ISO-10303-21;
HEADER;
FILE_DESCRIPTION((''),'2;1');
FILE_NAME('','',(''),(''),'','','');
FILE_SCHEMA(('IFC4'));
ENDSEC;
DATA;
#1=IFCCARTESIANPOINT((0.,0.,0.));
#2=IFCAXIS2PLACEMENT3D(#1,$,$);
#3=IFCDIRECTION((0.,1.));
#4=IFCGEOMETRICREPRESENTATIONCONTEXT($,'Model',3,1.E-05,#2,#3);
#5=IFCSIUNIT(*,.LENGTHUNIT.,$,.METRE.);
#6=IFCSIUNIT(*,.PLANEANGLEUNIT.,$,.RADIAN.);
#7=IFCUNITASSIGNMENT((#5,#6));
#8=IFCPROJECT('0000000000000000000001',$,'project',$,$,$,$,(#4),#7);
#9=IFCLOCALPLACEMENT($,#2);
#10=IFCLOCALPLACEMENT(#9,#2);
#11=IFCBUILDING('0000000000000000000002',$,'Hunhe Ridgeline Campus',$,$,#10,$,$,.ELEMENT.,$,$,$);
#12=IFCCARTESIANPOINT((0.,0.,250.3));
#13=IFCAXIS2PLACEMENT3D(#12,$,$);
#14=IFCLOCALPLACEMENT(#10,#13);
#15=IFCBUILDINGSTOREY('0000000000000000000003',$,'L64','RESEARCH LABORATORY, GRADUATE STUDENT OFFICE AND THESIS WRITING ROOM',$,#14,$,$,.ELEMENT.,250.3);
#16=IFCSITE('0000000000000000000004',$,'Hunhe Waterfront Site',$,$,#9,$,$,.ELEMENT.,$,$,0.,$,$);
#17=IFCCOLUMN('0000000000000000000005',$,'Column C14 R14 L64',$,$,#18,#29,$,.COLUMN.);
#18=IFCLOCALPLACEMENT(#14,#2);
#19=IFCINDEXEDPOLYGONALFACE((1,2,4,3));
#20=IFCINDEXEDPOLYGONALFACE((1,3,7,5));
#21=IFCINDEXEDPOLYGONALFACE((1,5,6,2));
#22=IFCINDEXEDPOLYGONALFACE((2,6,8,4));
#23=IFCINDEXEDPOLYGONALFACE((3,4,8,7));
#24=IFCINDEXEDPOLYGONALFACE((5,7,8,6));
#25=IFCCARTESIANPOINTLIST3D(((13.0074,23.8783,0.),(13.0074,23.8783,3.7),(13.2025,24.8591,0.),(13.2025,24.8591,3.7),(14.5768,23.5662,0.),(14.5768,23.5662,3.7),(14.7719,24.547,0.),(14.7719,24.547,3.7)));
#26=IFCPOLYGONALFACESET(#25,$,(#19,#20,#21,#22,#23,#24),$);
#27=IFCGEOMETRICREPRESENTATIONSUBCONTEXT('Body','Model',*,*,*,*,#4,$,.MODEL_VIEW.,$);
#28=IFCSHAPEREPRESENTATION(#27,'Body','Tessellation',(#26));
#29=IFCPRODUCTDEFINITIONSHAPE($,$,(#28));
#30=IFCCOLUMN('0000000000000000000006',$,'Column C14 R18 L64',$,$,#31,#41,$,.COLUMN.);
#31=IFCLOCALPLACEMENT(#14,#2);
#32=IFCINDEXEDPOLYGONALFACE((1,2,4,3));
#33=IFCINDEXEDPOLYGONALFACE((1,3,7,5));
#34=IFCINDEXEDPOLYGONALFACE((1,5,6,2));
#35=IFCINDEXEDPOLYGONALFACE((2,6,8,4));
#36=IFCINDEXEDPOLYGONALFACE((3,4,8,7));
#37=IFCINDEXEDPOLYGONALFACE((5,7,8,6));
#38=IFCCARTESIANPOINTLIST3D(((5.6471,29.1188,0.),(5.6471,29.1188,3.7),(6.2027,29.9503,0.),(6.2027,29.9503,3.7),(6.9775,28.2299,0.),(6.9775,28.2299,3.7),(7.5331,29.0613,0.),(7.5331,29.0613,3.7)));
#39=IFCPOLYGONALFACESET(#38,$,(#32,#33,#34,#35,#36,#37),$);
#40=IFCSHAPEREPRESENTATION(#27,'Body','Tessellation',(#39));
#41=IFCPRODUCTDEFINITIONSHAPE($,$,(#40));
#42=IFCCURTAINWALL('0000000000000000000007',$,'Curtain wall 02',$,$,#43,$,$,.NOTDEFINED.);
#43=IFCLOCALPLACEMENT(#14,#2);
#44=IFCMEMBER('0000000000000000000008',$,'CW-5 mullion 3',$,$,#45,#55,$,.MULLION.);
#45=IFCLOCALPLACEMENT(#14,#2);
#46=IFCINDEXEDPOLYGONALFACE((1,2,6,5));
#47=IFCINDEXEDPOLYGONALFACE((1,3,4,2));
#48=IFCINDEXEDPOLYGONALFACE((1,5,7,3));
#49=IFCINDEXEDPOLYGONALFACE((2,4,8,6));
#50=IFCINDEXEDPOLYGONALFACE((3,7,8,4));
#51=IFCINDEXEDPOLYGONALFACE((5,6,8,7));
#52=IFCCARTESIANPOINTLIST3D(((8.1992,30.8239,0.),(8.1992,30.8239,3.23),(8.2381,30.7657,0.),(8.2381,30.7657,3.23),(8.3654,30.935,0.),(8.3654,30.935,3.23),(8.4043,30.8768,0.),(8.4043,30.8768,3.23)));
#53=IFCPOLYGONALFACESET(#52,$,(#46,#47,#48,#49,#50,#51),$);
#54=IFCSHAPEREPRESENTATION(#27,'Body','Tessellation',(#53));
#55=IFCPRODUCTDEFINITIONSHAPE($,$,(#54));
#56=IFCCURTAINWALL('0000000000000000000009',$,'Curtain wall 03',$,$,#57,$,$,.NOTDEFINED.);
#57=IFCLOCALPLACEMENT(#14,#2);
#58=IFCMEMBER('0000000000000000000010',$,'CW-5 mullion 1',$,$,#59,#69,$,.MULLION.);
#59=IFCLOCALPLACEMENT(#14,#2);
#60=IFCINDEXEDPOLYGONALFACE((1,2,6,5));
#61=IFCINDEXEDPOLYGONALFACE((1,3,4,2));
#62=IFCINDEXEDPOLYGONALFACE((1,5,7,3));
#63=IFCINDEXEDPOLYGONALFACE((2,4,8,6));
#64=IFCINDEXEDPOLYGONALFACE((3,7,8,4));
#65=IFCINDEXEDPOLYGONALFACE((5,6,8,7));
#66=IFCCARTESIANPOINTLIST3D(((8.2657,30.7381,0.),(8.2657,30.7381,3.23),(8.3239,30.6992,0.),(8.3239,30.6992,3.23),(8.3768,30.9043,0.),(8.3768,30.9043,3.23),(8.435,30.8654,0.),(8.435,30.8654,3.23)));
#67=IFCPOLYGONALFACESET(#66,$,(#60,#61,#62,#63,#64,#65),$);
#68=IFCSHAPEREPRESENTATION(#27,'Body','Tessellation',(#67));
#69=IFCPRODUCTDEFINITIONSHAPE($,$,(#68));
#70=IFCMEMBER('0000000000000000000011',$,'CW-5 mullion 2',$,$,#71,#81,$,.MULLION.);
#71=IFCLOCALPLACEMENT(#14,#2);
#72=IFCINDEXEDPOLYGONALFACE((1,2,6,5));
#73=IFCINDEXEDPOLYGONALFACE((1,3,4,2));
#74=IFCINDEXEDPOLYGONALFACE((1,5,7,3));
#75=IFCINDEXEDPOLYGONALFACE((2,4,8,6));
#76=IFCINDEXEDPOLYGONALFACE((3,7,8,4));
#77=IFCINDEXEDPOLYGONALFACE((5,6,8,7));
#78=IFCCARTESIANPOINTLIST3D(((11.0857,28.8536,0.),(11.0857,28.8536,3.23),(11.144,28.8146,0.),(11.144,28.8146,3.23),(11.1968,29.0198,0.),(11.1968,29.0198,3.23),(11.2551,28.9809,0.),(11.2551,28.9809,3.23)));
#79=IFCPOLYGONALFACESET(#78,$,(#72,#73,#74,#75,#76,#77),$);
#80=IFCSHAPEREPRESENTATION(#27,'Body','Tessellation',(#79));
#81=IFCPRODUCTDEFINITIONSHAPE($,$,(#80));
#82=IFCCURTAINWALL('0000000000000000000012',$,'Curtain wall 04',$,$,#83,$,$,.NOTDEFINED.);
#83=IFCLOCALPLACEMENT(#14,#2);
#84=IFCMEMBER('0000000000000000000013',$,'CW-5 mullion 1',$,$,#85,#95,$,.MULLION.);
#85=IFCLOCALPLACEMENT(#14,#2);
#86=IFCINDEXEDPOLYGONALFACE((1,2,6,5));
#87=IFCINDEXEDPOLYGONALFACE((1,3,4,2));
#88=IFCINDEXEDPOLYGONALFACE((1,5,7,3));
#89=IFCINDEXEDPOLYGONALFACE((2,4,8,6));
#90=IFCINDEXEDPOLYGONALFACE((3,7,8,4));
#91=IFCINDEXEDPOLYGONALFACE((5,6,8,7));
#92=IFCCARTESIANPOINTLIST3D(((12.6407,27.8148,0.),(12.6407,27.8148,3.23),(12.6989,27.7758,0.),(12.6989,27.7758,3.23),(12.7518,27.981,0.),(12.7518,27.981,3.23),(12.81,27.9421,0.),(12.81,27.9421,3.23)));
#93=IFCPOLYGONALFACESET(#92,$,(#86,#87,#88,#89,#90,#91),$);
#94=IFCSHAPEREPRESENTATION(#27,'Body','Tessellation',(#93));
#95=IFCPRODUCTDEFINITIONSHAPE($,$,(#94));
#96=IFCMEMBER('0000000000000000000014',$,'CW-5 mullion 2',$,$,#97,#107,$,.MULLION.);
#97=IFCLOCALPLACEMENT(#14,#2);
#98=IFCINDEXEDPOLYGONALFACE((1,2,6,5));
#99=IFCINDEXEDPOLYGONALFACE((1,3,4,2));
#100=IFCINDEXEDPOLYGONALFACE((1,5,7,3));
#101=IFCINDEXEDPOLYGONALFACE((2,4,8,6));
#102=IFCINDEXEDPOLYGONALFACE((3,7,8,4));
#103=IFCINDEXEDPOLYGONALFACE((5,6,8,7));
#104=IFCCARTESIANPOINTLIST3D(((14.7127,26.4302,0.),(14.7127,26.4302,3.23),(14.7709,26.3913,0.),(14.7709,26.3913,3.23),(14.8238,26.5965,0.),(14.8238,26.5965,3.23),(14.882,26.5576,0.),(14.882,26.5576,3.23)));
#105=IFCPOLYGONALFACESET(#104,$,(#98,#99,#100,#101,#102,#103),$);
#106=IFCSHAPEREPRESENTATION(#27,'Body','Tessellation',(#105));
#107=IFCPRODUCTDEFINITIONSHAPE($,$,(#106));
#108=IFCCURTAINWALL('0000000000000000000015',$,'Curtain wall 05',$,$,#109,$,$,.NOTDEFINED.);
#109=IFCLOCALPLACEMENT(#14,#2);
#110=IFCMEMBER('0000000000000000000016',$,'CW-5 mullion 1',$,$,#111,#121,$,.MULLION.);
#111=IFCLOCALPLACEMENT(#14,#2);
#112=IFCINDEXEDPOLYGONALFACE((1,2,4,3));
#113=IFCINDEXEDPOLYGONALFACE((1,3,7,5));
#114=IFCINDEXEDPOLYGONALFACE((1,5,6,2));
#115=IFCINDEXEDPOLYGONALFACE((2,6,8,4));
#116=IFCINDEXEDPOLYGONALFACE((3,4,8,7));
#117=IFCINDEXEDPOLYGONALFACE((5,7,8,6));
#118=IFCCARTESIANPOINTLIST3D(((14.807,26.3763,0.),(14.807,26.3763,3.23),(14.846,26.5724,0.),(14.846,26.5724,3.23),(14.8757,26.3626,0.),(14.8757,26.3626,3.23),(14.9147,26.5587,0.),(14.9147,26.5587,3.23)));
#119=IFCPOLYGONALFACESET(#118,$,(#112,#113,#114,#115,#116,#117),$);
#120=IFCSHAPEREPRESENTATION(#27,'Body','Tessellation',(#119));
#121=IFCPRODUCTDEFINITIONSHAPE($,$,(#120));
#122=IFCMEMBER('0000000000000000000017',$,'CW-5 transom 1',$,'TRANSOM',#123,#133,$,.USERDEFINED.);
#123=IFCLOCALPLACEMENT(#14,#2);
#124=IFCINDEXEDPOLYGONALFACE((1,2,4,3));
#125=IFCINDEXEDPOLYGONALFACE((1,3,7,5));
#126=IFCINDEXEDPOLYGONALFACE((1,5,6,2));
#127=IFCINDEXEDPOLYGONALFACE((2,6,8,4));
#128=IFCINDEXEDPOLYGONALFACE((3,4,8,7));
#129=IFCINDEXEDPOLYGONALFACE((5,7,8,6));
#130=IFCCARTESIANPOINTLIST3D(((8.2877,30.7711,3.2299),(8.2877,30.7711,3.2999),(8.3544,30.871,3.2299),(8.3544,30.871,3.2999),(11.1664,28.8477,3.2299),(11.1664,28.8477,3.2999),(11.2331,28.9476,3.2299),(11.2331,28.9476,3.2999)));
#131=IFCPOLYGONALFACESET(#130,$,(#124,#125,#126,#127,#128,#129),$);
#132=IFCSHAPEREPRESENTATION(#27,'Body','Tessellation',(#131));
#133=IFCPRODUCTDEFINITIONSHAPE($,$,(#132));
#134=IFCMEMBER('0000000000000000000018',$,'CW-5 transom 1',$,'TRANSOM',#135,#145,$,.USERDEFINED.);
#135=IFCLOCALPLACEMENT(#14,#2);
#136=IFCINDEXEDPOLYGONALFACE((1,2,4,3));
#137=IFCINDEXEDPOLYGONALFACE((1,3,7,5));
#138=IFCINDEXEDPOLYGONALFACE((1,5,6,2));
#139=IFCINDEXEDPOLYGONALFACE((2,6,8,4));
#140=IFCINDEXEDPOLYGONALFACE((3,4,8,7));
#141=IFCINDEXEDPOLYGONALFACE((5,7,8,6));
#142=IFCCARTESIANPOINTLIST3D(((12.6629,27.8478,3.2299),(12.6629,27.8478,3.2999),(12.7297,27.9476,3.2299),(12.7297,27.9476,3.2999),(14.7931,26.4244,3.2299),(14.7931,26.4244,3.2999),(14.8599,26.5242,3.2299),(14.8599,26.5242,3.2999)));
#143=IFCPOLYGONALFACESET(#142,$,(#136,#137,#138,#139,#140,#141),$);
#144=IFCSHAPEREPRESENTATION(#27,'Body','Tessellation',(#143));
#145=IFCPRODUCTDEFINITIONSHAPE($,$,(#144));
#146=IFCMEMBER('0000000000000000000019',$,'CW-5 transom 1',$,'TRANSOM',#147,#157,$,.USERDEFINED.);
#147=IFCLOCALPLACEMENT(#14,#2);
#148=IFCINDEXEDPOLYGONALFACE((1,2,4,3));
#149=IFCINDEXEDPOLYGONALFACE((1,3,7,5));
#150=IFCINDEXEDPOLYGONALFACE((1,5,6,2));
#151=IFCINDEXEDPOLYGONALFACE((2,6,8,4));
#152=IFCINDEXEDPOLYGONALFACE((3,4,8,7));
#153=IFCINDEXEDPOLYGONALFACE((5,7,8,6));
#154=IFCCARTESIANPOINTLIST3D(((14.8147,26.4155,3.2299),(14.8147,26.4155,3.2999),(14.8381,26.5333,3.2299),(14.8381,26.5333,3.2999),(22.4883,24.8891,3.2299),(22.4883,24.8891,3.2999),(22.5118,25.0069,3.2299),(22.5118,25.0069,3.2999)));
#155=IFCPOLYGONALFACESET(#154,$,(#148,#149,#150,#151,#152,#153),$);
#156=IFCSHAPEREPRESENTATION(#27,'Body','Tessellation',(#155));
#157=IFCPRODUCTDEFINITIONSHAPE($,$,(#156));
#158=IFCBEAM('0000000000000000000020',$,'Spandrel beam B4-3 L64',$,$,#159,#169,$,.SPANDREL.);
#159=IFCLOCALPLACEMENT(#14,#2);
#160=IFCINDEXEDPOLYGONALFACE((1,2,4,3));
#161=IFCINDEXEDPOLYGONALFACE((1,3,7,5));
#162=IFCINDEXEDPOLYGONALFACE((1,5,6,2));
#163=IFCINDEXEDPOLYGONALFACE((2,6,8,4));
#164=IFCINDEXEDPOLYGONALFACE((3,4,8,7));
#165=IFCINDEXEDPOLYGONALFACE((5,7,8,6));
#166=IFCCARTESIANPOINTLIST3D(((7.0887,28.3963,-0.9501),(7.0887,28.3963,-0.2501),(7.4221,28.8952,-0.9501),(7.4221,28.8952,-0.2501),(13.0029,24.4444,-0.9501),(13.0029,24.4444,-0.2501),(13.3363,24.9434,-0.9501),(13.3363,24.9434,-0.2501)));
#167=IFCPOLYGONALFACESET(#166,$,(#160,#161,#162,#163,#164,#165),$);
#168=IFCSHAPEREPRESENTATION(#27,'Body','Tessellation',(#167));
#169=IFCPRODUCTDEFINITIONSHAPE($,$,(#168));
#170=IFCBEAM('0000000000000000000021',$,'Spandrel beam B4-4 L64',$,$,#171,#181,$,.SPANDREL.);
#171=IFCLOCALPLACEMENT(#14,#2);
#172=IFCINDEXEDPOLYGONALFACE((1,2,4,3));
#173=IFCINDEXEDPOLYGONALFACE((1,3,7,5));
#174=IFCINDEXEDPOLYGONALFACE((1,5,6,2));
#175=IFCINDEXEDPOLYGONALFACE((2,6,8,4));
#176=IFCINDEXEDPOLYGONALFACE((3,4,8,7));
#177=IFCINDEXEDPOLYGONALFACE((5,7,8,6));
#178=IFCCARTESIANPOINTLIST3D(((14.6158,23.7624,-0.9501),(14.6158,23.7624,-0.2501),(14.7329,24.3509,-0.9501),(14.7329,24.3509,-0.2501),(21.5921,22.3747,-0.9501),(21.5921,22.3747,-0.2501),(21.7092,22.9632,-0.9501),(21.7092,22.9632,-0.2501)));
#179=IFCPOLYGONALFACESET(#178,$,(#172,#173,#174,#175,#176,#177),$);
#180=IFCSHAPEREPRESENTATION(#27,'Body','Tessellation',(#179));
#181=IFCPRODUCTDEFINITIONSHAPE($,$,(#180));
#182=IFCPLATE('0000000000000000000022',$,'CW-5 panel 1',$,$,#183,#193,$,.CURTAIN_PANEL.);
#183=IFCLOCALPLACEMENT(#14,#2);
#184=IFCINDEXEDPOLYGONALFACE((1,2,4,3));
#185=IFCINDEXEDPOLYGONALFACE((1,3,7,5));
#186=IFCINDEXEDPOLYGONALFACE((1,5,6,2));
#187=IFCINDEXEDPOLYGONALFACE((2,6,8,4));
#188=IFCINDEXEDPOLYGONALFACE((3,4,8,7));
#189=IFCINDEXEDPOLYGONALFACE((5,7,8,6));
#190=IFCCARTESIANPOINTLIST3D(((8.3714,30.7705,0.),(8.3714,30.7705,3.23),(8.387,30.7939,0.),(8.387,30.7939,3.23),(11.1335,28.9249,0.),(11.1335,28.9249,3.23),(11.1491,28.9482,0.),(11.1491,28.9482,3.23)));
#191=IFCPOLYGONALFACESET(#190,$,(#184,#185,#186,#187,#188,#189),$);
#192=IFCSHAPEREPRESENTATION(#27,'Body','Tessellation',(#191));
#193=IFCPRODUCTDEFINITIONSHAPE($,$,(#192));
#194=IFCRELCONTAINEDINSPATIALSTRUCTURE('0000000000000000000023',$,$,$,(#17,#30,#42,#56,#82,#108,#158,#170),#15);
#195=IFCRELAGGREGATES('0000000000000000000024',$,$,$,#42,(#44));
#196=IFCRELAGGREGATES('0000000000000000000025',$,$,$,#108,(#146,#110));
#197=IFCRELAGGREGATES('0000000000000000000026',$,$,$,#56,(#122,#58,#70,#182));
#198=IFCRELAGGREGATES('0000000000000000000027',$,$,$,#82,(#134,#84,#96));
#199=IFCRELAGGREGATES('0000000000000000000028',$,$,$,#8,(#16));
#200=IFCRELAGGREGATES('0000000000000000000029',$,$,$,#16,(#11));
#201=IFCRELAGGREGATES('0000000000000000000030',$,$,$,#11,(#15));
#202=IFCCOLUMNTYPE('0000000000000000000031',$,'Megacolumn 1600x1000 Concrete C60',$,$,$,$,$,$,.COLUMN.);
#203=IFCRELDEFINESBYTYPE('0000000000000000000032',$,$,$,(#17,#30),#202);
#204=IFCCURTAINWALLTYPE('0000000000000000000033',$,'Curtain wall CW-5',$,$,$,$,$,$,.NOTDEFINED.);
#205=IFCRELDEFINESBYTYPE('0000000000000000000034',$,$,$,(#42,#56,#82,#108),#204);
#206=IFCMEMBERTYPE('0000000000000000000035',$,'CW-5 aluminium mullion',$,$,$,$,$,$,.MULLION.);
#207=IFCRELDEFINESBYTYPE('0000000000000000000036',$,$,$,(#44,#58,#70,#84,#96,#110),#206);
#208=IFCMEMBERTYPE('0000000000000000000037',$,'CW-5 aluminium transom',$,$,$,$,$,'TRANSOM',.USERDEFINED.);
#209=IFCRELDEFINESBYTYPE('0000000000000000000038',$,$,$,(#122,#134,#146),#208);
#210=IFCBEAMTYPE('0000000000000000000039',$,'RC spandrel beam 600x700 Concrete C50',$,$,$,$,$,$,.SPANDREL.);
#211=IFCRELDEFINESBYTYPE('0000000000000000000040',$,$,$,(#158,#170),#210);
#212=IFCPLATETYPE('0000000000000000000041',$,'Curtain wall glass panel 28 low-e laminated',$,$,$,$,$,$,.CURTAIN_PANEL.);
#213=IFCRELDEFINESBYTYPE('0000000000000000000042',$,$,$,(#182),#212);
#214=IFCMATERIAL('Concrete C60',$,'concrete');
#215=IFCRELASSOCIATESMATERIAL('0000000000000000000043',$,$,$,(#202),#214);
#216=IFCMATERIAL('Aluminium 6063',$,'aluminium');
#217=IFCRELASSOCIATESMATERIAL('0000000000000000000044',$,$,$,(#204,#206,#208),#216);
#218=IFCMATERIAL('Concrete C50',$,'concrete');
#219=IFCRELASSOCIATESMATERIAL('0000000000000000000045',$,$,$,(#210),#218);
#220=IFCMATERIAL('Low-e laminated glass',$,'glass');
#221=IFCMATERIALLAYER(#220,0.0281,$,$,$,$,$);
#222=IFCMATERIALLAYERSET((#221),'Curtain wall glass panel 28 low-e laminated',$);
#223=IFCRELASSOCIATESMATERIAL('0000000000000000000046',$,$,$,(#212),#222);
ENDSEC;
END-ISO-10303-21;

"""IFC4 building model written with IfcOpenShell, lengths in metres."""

from ifc_helpers import new_model, si_unit, direction, frame, origin, origin_2d, place, context, subcontext, project, spatial, rectangle, extrude, material, layer, layer_set, material_profile, profile_set, type_object, element, aggregate, save


model = new_model("IFC4")

# Units and contexts
model_context = context("Model", 3, precision=1e-05, world=origin(), true_north=direction((0.0, 1.0)))
body_context = subcontext(model_context, "Body", "Model", "MODEL_VIEW")
ifc_project = project(units=[si_unit("LENGTHUNIT", "METRE"), si_unit("PLANEANGLEUNIT", "RADIAN")], contexts=[model_context])

# Site, building, storey
site_placement = place(None, origin())
site = spatial("IfcSite", under=ifc_project, at=site_placement, Name="Hunhe Waterfront Site", CompositionType="ELEMENT", RefElevation=0.0)
building_placement = place(site_placement, origin())
building = spatial("IfcBuilding", under=site, at=building_placement, Name="Hunhe Ridgeline Campus", CompositionType="ELEMENT")
storey_placement = place(building_placement, frame((0.0, 0.0, 250.3)))
storey = spatial("IfcBuildingStorey", under=building, at=storey_placement, Name="L64", Description="RESEARCH LABORATORY, GRADUATE STUDENT OFFICE AND THESIS WRITING ROOM", CompositionType="ELEMENT", Elevation=250.3)

# Columns
ifc_material_1 = material(Name="Concrete C60", Category="concrete")
ifc_material_profile_1 = material_profile(ifc_material_1, rectangle(XDim=1.6001, YDim=1.0, at=origin_2d()))
ifc_profile_set_1 = profile_set([ifc_material_profile_1], Name="Concrete C60")
column_type = type_object("IfcColumnType", Name="Megacolumn 1600x1000 Concrete C60", PredefinedType="COLUMN", material=ifc_profile_set_1)
for number, where, z_axis, x_axis, name in (
    (1, (13.8896, 24.2126, 0.0), (0.0, 0.0, 1.0), (-0.980785, 0.19509, 0.0), "Column C14 R14 L64"),
    (2, (6.5901, 29.0901, 0.0), (0.0, 0.0, 1.0), (-0.83147, 0.55557, 0.0), "Column C14 R18 L64"),
):
    element("IfcColumn", number, at=place(storey_placement, frame(where, z_axis=z_axis, x_axis=x_axis)), inside=storey, type_object=column_type, Name=name, PredefinedType="COLUMN", context=body_context, shape_type="SweptSolid", body=[
        extrude(rectangle(XDim=1.6001, YDim=1.0, at=origin_2d()), origin(), (0.0, 0.0, 1.0), 3.7),
    ])

# Curtain wall, member
ifc_material_2 = material(Name="Aluminium 6063", Category="aluminium")
curtain_wall_type = type_object("IfcCurtainWallType", Name="Curtain wall CW-5", PredefinedType="NOTDEFINED", material=ifc_material_2)
curtain_wall_1_placement = place(storey_placement, origin())
curtain_wall_1 = element("IfcCurtainWall", 3, at=curtain_wall_1_placement, inside=storey, type_object=curtain_wall_type, Name="Curtain wall 02", PredefinedType="NOTDEFINED")
ifc_material_profile_2 = material_profile(ifc_material_2, rectangle(XDim=0.2, YDim=0.0701, at=origin_2d()))
ifc_profile_set_2 = profile_set([ifc_material_profile_2], Name="Aluminium 6063")
member_type_1 = type_object("IfcMemberType", Name="CW-5 aluminium mullion", PredefinedType="MULLION", material=ifc_profile_set_2)
member_1_placement = place(storey_placement, frame((8.3018, 30.8503, 0.0), z_axis=(0.0, 0.0, 1.0), x_axis=(0.83147, 0.55557, 0.0)))
member_1 = element("IfcMember", 4, at=member_1_placement, type_object=member_type_1, Name="CW-5 mullion 3", PredefinedType="MULLION", context=body_context, shape_type="SweptSolid", body=[
    extrude(rectangle(XDim=0.2, YDim=0.0701, at=origin_2d()), origin(), (0.0, 0.0, 1.0), 3.23),
])
aggregate(curtain_wall_1, [member_1])

# Curtain walls, members
curtain_wall_2_placement = place(storey_placement, origin())
curtain_wall_2 = element("IfcCurtainWall", 5, at=curtain_wall_2_placement, inside=storey, type_object=curtain_wall_type, Name="Curtain wall 03", PredefinedType="NOTDEFINED")
member_2_placement = place(storey_placement, frame((8.3503, 30.8018, 0.0), z_axis=(0.0, 0.0, 1.0), x_axis=(0.55557, 0.83147, 0.0)))
member_2 = element("IfcMember", 6, at=member_2_placement, type_object=member_type_1, Name="CW-5 mullion 1", PredefinedType="MULLION", context=body_context, shape_type="SweptSolid", body=[
    extrude(rectangle(XDim=0.2, YDim=0.0701, at=origin_2d()), origin(), (0.0, 0.0, 1.0), 3.23),
])
member_3_placement = place(storey_placement, frame((11.1704, 28.9172, 0.0), z_axis=(0.0, 0.0, 1.0), x_axis=(0.55557, 0.83147, 0.0)))
member_3 = element("IfcMember", 7, at=member_3_placement, type_object=member_type_1, Name="CW-5 mullion 2", PredefinedType="MULLION", context=body_context, shape_type="SweptSolid", body=[
    extrude(rectangle(XDim=0.2, YDim=0.0701, at=origin_2d()), origin(), (0.0, 0.0, 1.0), 3.23),
])
curtain_wall_3_placement = place(storey_placement, origin())
curtain_wall_3 = element("IfcCurtainWall", 8, at=curtain_wall_3_placement, inside=storey, type_object=curtain_wall_type, Name="Curtain wall 04", PredefinedType="NOTDEFINED")
member_4_placement = place(storey_placement, frame((12.7253, 27.8784, 0.0), z_axis=(0.0, 0.0, 1.0), x_axis=(0.55557, 0.83147, 0.0)))
member_4 = element("IfcMember", 9, at=member_4_placement, type_object=member_type_1, Name="CW-5 mullion 1", PredefinedType="MULLION", context=body_context, shape_type="SweptSolid", body=[
    extrude(rectangle(XDim=0.2, YDim=0.0701, at=origin_2d()), origin(), (0.0, 0.0, 1.0), 3.23),
])
member_5_placement = place(storey_placement, frame((14.7974, 26.4939, 0.0), z_axis=(0.0, 0.0, 1.0), x_axis=(0.55557, 0.83147, 0.0)))
member_5 = element("IfcMember", 10, at=member_5_placement, type_object=member_type_1, Name="CW-5 mullion 2", PredefinedType="MULLION", context=body_context, shape_type="SweptSolid", body=[
    extrude(rectangle(XDim=0.2, YDim=0.0701, at=origin_2d()), origin(), (0.0, 0.0, 1.0), 3.23),
])

# Curtain wall, member
curtain_wall_4_placement = place(storey_placement, origin())
curtain_wall_4 = element("IfcCurtainWall", 11, at=curtain_wall_4_placement, inside=storey, type_object=curtain_wall_type, Name="Curtain wall 05", PredefinedType="NOTDEFINED")
member_6_placement = place(storey_placement, frame((14.8608, 26.4675, 0.0), z_axis=(0.0, 0.0, 1.0), x_axis=(0.19509, 0.980785, 0.0)))
member_6 = element("IfcMember", 12, at=member_6_placement, type_object=member_type_1, Name="CW-5 mullion 1", PredefinedType="MULLION", context=body_context, shape_type="SweptSolid", body=[
    extrude(rectangle(XDim=0.2, YDim=0.0701, at=origin_2d()), origin(), (0.0, 0.0, 1.0), 3.23),
])

# Members
ifc_material_profile_3 = material_profile(ifc_material_2, rectangle(XDim=0.1201, YDim=0.0701, at=origin_2d()))
ifc_profile_set_3 = profile_set([ifc_material_profile_3], Name="Aluminium 6063")
member_type_2 = type_object("IfcMemberType", Name="CW-5 aluminium transom", ElementType="TRANSOM", PredefinedType="USERDEFINED", material=ifc_profile_set_3)
member_7_placement = place(storey_placement, frame((8.321, 30.821, 3.2649), z_axis=(0.831486, -0.555546, 0.0), x_axis=(0.555546, 0.831486, 0.0)))
member_7 = element("IfcMember", 13, at=member_7_placement, type_object=member_type_2, Name="CW-5 transom 1", ObjectType="TRANSOM", PredefinedType="USERDEFINED", context=body_context, shape_type="SweptSolid", body=[
    extrude(rectangle(XDim=0.1201, YDim=0.0701, at=origin_2d()), origin(), (0.0, 0.0, 1.0), 3.4622),
])
member_8_placement = place(storey_placement, frame((12.6963, 27.8977, 3.2649), z_axis=(0.831463, -0.55558, 0.0), x_axis=(0.55558, 0.831463, 0.0)))
member_8 = element("IfcMember", 14, at=member_8_placement, type_object=member_type_2, Name="CW-5 transom 1", ObjectType="TRANSOM", PredefinedType="USERDEFINED", context=body_context, shape_type="SweptSolid", body=[
    extrude(rectangle(XDim=0.1201, YDim=0.0701, at=origin_2d()), origin(), (0.0, 0.0, 1.0), 2.562),
])
member_9_placement = place(storey_placement, frame((14.8264, 26.4744, 3.2649), z_axis=(0.980785, -0.19509, 0.0), x_axis=(0.19509, 0.980785, 0.0)))
member_9 = element("IfcMember", 15, at=member_9_placement, type_object=member_type_2, Name="CW-5 transom 1", ObjectType="TRANSOM", PredefinedType="USERDEFINED", context=body_context, shape_type="SweptSolid", body=[
    extrude(rectangle(XDim=0.1201, YDim=0.0701, at=origin_2d()), origin(), (0.0, 0.0, 1.0), 7.824),
])
aggregate(curtain_wall_4, [member_9, member_6])

# Beams
ifc_material_3 = material(Name="Concrete C50", Category="concrete")
ifc_material_profile_4 = material_profile(ifc_material_3, rectangle(XDim=0.6001, YDim=0.7, at=origin_2d()))
ifc_profile_set_4 = profile_set([ifc_material_profile_4], Name="Concrete C50")
beam_type = type_object("IfcBeamType", Name="RC spandrel beam 600x700 Concrete C50", PredefinedType="SPANDREL", material=ifc_profile_set_4)
for number, where, z_axis, x_axis, name in (
    (16, (7.2554, 28.6458, -0.6001), (0.831464, -0.555579, 0.0), (0.555579, 0.831464, 0.0), "Spandrel beam B4-3 L64"),
    (17, (14.6743, 24.0566, -0.6001), (0.980785, -0.195093, 0.0), (0.195093, 0.980785, 0.0), "Spandrel beam B4-4 L64"),
):
    element("IfcBeam", number, at=place(storey_placement, frame(where, z_axis=z_axis, x_axis=x_axis)), inside=storey, type_object=beam_type, Name=name, PredefinedType="SPANDREL", context=body_context, shape_type="SweptSolid", body=[
        extrude(rectangle(XDim=0.6001, YDim=0.7, at=origin_2d()), origin(), (0.0, 0.0, 1.0), 7.113),
    ])

# Plate
ifc_material_4 = material(Name="Low-e laminated glass", Category="glass")
ifc_layer_1 = layer(ifc_material_4, 0.0281)
ifc_layer_set_1 = layer_set([ifc_layer_1], Name="Curtain wall glass panel 28 low-e laminated")
plate_type = type_object("IfcPlateType", Name="Curtain wall glass panel 28 low-e laminated", PredefinedType="CURTAIN_PANEL", material=ifc_layer_set_1)
plate_1_placement = place(storey_placement, frame((9.7603, 29.8594, 0.0), z_axis=(0.0, 0.0, 1.0), x_axis=(0.83147, -0.55557, 0.0)))
plate_1 = element("IfcPlate", 18, at=plate_1_placement, type_object=plate_type, Name="CW-5 panel 1", PredefinedType="CURTAIN_PANEL", context=body_context, shape_type="SweptSolid", body=[
    extrude(rectangle(XDim=3.322, YDim=0.0281, at=origin_2d()), origin(), (0.0, 0.0, 1.0), 3.23),
])
aggregate(curtain_wall_2, [member_7, member_2, member_3, plate_1])
aggregate(curtain_wall_3, [member_8, member_4, member_5])

save(model, "model.ifc")
